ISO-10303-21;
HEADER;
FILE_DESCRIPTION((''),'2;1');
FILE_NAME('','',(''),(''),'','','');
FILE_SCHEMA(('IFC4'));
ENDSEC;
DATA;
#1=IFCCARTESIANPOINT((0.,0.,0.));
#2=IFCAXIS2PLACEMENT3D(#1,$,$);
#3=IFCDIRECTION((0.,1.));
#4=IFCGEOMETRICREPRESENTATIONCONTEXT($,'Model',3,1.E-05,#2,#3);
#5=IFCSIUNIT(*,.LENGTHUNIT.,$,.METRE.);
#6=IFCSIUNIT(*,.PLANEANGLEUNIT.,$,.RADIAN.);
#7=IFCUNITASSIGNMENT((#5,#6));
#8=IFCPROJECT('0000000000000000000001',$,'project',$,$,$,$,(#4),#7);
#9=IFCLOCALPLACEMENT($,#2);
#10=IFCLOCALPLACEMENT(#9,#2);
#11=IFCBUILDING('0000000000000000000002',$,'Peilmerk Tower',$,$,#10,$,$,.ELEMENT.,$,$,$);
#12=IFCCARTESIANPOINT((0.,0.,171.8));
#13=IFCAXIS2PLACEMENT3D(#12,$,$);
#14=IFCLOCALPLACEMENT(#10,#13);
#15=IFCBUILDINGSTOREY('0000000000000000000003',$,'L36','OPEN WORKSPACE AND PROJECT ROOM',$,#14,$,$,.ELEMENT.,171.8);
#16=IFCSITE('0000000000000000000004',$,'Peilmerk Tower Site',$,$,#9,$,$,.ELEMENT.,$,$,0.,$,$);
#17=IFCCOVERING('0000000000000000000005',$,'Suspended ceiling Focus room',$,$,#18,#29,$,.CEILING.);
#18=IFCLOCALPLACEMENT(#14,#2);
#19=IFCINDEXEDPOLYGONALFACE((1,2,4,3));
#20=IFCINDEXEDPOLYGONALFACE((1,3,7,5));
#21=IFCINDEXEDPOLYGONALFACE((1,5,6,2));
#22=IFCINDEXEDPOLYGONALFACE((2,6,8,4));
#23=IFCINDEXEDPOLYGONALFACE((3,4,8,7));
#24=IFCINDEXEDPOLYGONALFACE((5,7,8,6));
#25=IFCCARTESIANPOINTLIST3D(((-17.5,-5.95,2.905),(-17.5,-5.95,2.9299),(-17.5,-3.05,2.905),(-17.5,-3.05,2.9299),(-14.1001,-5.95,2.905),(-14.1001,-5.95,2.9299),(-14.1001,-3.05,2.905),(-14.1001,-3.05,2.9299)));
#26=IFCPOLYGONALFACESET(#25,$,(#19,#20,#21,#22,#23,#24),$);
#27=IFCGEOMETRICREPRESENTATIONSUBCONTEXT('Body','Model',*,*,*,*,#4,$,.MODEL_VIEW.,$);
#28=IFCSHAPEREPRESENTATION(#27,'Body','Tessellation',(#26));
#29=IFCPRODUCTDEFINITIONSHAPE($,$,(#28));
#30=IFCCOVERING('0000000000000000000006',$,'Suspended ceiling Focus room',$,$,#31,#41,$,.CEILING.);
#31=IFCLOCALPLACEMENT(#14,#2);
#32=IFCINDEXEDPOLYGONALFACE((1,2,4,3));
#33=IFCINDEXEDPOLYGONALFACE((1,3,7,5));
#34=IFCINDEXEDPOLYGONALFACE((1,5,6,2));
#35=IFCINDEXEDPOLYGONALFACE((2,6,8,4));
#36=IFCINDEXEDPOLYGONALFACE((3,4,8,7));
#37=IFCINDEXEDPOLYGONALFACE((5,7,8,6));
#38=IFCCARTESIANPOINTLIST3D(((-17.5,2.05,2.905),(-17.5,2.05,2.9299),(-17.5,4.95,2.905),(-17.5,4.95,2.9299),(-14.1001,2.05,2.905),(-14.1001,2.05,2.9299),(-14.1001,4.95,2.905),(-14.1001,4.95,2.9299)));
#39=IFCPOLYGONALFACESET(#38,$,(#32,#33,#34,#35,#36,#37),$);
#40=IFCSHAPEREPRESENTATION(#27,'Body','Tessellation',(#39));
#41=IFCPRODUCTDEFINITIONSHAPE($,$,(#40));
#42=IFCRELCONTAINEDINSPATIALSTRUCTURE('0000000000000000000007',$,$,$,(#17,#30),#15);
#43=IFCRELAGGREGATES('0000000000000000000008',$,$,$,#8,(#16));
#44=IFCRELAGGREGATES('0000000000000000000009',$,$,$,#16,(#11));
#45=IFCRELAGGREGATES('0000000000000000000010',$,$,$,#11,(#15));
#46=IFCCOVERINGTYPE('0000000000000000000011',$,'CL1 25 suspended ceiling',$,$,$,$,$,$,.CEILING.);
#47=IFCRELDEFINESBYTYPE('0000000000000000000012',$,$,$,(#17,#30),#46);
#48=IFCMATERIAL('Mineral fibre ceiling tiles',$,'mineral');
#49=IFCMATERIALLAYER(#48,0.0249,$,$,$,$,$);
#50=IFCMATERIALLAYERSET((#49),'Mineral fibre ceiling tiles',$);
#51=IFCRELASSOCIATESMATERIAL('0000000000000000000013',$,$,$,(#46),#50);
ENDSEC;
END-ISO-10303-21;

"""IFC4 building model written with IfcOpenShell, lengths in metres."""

from ifc_helpers import new_model, si_unit, direction, frame, origin, place, context, subcontext, project, spatial, polyline, outline, extrude, material, layer, layer_set, type_object, element, save


model = new_model("IFC4")

# Units and contexts
model_context = context("Model", 3, precision=1e-05, world=origin(), true_north=direction((0.0, 1.0)))
body_context = subcontext(model_context, "Body", "Model", "MODEL_VIEW")
ifc_project = project(units=[si_unit("LENGTHUNIT", "METRE"), si_unit("PLANEANGLEUNIT", "RADIAN")], contexts=[model_context])

# Site, building, storey
site_placement = place(None, origin())
site = spatial("IfcSite", under=ifc_project, at=site_placement, Name="Peilmerk Tower Site", CompositionType="ELEMENT", RefElevation=0.0)
building_placement = place(site_placement, origin())
building = spatial("IfcBuilding", under=site, at=building_placement, Name="Peilmerk Tower", CompositionType="ELEMENT")
storey_placement = place(building_placement, frame((0.0, 0.0, 171.8)))
storey = spatial("IfcBuildingStorey", under=building, at=storey_placement, Name="L36", Description="OPEN WORKSPACE AND PROJECT ROOM", CompositionType="ELEMENT", Elevation=171.8)

# Coverings
ifc_material_1 = material(Name="Mineral fibre ceiling tiles", Category="mineral")
ifc_layer_1 = layer(ifc_material_1, 0.0249)
ifc_layer_set_1 = layer_set([ifc_layer_1], Name="Mineral fibre ceiling tiles")
covering_type = type_object("IfcCoveringType", Name="CL1 25 suspended ceiling", PredefinedType="CEILING", material=ifc_layer_set_1)
covering_1_placement = place(storey_placement, frame((0.0, 0.0, 2.905)))
element("IfcCovering", 1, at=covering_1_placement, inside=storey, type_object=covering_type, Name="Suspended ceiling Focus room", PredefinedType="CEILING", context=body_context, shape_type="SweptSolid", body=[
    extrude(outline(polyline([(-14.1001, -5.95), (-14.1001, -3.05), (-17.5, -3.05), (-17.5, -5.95), (-14.1001, -5.95)])), origin(), (0.0, 0.0, 1.0), 0.0249),
])
covering_2_placement = place(storey_placement, frame((0.0, 0.0, 2.905)))
element("IfcCovering", 2, at=covering_2_placement, inside=storey, type_object=covering_type, Name="Suspended ceiling Focus room", PredefinedType="CEILING", context=body_context, shape_type="SweptSolid", body=[
    extrude(outline(polyline([(-14.1001, 2.05), (-14.1001, 4.95), (-17.5, 4.95), (-17.5, 2.05), (-14.1001, 2.05)])), origin(), (0.0, 0.0, 1.0), 0.0249),
])

save(model, "model.ifc")
